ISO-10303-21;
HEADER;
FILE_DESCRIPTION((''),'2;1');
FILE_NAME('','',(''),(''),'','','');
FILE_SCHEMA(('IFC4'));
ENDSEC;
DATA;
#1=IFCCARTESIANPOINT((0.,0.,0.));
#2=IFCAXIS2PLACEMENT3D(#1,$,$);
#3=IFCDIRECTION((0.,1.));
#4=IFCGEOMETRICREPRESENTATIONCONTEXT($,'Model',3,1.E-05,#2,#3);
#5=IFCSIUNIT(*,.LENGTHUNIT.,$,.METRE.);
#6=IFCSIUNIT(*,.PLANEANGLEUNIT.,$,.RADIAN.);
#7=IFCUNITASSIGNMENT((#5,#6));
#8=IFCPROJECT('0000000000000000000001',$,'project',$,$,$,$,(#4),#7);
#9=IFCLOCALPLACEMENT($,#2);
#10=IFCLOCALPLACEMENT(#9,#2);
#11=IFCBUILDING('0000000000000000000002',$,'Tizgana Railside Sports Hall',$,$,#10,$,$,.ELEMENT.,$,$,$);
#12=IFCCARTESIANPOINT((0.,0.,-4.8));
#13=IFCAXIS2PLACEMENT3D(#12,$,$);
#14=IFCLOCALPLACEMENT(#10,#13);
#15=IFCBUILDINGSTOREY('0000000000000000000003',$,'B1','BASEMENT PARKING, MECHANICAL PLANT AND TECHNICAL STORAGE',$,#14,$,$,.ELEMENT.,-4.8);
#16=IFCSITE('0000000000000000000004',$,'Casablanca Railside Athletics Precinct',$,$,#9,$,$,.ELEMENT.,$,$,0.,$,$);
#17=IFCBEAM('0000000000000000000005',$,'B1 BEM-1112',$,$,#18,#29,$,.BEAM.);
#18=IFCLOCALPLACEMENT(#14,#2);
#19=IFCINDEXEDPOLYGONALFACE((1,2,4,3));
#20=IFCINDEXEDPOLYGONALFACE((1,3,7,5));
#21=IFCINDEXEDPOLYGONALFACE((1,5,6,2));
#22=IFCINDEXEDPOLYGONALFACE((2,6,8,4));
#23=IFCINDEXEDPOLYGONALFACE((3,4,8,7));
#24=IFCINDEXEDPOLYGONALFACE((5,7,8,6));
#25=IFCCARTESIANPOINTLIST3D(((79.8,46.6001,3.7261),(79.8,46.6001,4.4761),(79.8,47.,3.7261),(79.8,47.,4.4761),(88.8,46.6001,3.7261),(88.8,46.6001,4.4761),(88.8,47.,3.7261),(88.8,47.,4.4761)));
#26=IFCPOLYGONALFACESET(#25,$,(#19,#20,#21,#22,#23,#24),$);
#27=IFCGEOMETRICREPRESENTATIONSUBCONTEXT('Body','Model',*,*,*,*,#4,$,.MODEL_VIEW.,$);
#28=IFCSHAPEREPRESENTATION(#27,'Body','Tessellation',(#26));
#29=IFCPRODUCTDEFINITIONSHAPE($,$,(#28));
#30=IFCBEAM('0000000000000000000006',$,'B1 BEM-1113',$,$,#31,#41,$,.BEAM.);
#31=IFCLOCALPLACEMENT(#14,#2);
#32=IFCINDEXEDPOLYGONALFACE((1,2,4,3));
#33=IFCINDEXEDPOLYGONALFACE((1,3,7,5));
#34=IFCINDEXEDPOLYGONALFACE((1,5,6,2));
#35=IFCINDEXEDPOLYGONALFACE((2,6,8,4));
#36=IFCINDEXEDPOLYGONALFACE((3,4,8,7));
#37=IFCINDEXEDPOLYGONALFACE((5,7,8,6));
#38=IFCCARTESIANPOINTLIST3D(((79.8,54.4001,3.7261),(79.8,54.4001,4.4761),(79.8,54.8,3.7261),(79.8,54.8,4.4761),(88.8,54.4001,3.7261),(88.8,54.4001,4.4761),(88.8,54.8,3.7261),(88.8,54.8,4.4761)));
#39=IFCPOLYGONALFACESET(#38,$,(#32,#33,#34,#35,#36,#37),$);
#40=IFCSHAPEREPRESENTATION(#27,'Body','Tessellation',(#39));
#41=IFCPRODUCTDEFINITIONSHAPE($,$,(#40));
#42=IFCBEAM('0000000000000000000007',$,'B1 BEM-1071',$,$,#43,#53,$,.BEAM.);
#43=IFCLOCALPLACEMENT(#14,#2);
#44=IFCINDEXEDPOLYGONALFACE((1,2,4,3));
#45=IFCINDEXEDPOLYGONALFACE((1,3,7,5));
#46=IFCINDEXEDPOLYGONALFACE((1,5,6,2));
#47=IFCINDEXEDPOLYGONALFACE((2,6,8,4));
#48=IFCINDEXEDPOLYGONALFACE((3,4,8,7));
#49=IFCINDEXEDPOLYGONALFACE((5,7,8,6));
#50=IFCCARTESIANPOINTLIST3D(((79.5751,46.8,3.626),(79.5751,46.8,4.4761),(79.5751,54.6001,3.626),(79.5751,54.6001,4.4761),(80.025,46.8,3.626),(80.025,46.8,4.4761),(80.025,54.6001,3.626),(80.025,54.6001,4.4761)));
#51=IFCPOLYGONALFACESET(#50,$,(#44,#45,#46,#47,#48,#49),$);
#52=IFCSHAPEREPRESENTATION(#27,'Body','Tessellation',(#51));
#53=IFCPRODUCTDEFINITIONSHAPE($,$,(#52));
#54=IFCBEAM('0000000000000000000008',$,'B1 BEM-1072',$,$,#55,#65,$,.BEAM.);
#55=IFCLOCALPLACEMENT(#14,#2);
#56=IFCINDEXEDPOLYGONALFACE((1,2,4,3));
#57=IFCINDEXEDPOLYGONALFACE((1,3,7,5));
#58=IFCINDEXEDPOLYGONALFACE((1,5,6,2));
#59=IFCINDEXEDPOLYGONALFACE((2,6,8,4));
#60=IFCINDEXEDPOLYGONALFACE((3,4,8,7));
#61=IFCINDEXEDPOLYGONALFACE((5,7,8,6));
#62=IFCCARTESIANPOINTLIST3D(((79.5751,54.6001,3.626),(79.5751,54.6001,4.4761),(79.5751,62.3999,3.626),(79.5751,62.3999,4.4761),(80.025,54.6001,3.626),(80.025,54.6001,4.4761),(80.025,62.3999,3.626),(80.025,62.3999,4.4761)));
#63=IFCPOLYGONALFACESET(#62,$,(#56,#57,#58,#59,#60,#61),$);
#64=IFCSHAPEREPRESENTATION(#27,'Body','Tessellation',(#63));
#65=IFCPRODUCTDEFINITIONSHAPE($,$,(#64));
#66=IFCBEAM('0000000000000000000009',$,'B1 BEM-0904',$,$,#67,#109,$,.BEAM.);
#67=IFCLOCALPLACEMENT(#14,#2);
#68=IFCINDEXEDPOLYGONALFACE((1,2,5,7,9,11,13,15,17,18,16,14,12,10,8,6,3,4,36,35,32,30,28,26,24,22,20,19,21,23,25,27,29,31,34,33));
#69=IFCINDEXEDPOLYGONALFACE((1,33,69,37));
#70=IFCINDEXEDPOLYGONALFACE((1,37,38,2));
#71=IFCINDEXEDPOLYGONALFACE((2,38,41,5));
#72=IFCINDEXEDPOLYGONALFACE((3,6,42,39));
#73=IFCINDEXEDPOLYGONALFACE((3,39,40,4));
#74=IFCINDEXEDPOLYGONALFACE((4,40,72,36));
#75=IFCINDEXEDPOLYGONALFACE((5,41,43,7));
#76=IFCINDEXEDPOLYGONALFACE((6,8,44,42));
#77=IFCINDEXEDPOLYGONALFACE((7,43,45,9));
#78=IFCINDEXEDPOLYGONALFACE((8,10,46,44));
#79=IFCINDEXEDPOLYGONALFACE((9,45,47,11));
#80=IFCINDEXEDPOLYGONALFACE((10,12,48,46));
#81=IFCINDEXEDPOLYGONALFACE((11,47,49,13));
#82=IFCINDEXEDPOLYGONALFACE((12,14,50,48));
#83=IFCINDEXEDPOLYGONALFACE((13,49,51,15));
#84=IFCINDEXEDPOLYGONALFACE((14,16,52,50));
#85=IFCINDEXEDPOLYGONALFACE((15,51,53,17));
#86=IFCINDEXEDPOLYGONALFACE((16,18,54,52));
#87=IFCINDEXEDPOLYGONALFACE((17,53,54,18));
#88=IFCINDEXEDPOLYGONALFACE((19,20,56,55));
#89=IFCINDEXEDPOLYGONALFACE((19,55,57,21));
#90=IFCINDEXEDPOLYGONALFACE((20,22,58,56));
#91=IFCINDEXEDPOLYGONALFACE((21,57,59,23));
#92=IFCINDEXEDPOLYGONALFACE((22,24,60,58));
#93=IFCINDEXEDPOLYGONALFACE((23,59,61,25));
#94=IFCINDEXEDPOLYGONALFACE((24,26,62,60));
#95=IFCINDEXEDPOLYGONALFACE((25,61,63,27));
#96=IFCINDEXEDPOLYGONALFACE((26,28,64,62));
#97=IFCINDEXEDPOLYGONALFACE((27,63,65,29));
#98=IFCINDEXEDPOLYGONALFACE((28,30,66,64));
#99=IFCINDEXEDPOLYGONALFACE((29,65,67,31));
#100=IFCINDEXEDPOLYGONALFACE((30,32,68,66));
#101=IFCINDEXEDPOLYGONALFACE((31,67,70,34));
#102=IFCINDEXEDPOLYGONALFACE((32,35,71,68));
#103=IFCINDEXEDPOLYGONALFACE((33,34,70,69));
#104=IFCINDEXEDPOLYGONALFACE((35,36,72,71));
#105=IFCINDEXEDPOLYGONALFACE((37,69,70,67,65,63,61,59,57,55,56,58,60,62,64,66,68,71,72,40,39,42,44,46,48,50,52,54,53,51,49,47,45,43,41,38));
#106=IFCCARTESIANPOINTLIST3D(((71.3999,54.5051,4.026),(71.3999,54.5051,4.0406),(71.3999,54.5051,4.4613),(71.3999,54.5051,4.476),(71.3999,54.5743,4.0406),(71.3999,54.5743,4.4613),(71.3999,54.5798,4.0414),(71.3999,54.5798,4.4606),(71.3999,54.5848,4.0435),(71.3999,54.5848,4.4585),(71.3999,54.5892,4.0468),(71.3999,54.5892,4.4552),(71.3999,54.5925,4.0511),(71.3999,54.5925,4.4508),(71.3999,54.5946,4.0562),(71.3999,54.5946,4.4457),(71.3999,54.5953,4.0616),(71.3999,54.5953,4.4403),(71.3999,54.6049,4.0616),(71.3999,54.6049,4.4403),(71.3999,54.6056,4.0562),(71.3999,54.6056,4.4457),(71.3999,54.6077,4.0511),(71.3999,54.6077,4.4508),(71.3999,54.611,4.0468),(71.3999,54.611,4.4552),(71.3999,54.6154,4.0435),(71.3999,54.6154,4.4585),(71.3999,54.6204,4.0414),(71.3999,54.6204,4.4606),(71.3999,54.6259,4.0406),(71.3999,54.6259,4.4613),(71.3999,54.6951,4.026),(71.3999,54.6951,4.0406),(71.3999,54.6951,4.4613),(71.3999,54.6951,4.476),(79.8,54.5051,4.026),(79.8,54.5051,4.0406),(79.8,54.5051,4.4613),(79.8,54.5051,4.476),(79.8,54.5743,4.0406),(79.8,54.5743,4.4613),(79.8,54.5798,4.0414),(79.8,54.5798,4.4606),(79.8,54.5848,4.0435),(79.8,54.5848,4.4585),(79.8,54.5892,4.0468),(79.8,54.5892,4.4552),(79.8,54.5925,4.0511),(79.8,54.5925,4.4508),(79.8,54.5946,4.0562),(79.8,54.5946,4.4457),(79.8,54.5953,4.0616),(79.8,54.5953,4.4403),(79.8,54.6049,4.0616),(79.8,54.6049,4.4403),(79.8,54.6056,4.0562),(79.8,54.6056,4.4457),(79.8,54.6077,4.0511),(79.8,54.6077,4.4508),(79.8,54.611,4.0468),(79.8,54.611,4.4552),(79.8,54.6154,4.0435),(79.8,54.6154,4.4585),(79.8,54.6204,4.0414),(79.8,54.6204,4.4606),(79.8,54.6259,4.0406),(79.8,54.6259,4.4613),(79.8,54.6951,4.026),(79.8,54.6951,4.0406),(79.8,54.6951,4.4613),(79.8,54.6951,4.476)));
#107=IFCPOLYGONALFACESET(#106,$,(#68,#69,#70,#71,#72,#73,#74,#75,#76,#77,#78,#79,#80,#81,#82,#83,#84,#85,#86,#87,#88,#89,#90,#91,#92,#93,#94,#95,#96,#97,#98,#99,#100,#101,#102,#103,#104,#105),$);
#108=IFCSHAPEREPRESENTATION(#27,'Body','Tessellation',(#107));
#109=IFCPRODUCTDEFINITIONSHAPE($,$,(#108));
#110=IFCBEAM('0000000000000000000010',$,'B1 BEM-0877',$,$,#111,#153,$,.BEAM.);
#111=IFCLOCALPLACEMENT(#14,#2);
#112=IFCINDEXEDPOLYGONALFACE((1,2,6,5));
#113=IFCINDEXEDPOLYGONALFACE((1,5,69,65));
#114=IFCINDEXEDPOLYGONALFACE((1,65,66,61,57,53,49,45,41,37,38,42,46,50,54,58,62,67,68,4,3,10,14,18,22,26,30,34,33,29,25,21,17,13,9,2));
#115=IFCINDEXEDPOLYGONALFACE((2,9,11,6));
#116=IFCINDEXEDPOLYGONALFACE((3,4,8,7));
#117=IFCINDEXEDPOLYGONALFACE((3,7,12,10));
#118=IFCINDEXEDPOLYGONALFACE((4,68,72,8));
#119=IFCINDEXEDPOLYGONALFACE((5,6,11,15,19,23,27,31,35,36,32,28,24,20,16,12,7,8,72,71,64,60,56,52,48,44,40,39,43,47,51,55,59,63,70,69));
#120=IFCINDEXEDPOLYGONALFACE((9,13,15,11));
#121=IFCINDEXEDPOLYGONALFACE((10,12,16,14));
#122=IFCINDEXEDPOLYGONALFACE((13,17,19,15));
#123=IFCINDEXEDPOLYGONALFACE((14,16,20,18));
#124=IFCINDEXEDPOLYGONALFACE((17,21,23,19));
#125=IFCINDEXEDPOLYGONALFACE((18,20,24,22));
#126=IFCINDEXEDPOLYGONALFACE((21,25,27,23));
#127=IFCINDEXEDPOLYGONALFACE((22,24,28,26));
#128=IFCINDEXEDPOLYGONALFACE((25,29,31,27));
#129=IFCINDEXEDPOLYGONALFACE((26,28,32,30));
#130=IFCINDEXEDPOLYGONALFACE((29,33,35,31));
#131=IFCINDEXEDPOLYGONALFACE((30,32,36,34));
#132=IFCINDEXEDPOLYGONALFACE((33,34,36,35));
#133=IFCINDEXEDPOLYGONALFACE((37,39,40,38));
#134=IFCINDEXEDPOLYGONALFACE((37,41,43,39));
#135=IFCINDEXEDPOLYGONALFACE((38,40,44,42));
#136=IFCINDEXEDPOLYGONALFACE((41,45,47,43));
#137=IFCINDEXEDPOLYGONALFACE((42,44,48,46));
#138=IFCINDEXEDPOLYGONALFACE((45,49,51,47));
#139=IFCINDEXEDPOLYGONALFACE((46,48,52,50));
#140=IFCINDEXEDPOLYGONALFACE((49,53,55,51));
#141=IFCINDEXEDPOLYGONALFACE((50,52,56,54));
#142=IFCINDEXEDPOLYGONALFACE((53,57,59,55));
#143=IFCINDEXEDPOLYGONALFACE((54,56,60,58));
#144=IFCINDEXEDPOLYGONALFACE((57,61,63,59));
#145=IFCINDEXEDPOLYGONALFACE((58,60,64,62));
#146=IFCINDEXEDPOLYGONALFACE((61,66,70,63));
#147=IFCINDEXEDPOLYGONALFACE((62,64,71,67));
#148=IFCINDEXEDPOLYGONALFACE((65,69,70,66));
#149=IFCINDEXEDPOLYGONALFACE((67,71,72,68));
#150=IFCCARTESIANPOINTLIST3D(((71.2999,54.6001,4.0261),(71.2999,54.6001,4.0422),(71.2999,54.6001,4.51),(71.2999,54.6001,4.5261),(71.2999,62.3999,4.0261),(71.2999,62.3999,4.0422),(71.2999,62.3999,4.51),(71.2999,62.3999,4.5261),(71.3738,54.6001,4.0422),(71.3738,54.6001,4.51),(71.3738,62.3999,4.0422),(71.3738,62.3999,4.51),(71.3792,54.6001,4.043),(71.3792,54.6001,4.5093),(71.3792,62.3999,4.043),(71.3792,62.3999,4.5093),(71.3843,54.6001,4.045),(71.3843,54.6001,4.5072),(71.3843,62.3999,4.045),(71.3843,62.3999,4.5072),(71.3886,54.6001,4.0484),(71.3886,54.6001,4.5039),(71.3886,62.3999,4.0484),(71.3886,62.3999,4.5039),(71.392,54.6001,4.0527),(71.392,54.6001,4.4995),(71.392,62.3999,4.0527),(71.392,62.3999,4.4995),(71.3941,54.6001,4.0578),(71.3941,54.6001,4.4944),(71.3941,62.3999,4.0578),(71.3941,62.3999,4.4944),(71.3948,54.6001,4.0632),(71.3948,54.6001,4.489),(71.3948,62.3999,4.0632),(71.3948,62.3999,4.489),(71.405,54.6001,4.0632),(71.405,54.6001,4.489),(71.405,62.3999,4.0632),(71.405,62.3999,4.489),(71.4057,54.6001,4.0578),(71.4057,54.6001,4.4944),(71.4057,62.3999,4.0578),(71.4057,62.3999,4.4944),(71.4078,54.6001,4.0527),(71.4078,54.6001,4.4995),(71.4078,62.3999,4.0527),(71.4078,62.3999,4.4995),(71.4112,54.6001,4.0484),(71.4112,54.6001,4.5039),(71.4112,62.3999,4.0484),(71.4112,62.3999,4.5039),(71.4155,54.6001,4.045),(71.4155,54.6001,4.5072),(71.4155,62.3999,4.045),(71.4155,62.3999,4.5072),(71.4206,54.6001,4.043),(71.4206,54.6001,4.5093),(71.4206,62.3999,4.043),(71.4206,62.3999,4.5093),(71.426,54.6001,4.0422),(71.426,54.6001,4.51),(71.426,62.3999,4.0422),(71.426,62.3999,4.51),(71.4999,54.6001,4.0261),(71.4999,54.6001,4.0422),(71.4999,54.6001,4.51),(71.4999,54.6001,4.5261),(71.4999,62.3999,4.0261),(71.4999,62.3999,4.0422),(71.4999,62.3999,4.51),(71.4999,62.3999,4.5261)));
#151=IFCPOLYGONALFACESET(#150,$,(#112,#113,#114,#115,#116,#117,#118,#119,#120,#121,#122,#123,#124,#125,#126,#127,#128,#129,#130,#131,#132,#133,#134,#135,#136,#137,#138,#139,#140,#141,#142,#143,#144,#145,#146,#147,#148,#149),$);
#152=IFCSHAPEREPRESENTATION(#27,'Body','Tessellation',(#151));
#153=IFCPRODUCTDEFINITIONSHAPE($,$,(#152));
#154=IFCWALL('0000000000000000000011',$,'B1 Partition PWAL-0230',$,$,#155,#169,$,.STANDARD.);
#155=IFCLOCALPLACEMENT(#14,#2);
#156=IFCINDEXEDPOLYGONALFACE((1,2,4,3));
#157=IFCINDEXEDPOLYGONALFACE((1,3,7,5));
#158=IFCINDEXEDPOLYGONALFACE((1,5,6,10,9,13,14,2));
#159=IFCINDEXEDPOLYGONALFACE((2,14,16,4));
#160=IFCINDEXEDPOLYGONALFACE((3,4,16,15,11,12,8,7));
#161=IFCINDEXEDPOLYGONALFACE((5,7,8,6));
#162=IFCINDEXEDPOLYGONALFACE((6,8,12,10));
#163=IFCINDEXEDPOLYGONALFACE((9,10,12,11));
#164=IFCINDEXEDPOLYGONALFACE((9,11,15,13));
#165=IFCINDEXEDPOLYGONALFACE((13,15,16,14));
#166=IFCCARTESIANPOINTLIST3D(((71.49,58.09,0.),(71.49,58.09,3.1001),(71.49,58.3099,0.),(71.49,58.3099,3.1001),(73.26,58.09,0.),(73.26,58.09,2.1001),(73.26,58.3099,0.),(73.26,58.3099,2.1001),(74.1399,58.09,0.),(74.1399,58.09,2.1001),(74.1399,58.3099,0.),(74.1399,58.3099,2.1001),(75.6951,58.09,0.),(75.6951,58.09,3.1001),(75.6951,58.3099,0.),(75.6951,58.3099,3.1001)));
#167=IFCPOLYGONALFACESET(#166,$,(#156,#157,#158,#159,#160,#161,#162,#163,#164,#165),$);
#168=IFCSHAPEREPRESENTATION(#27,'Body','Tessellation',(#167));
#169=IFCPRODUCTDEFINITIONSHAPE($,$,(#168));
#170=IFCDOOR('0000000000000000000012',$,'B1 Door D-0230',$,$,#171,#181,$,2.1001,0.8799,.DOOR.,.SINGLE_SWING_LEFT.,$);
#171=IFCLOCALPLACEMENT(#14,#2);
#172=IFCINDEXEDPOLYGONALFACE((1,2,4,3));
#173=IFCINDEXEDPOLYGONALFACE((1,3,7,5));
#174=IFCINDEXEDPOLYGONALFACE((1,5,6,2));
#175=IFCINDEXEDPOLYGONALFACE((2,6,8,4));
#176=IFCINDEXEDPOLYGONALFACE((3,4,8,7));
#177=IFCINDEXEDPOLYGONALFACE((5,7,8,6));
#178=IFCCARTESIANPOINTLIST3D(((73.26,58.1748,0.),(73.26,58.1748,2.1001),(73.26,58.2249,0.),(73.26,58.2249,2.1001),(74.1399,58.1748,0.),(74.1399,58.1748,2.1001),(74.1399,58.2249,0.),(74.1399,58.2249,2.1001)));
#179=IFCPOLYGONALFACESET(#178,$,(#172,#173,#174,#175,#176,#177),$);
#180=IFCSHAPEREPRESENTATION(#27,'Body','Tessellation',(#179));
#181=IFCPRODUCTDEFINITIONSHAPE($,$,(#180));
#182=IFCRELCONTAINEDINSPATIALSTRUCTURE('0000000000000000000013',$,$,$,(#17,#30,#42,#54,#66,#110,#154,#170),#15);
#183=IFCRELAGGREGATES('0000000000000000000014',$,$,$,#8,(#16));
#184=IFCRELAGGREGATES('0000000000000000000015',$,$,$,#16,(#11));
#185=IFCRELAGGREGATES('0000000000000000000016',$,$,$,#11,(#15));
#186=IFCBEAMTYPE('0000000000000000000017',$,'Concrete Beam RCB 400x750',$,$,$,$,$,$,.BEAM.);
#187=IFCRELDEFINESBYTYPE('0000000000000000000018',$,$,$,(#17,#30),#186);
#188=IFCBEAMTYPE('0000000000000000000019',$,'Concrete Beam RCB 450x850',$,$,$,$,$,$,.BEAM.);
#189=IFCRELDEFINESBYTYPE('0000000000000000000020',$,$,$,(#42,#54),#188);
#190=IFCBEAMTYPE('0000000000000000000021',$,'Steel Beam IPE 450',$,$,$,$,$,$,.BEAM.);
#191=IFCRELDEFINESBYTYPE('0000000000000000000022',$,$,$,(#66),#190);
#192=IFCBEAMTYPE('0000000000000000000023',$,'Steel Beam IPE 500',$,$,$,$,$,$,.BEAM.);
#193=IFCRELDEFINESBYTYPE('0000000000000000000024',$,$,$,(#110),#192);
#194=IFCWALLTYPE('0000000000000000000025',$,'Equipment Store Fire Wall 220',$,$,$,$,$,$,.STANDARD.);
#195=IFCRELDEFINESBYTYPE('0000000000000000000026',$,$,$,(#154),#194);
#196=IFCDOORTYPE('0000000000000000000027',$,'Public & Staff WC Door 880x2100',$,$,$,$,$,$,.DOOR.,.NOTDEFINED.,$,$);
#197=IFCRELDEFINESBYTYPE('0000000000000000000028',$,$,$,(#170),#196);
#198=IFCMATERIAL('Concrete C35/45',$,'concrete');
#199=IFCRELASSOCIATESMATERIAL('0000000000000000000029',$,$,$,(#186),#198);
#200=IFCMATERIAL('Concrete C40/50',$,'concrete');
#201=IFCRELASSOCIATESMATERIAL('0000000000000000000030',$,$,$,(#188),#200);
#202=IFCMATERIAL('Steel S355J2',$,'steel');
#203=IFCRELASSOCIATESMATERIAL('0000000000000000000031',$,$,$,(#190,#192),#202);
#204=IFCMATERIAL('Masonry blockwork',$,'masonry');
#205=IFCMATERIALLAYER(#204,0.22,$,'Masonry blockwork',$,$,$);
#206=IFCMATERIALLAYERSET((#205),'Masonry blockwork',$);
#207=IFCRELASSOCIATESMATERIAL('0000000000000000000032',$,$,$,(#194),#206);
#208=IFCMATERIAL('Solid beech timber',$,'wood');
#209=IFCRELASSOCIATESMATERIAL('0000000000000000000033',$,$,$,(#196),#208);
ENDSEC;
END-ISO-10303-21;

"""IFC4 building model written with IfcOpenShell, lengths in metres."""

from ifc_helpers import new_model, si_unit, direction, frame, frame_2d, origin, origin_2d, place, context, subcontext, project, spatial, rectangle, i_section, extrude, material, layer, layer_set, material_profile, profile_set, type_object, element, fill, save


model = new_model("IFC4")

# Units and contexts
model_context = context("Model", 3, precision=1e-05, world=origin(), true_north=direction((0.0, 1.0)))
body_context = subcontext(model_context, "Body", "Model", "MODEL_VIEW")
ifc_project = project(units=[si_unit("LENGTHUNIT", "METRE"), si_unit("PLANEANGLEUNIT", "RADIAN")], contexts=[model_context])

# Site, building, storey
site_placement = place(None, origin())
site = spatial("IfcSite", under=ifc_project, at=site_placement, Name="Casablanca Railside Athletics Precinct", CompositionType="ELEMENT", RefElevation=0.0)
building_placement = place(site_placement, origin())
building = spatial("IfcBuilding", under=site, at=building_placement, Name="Tizgana Railside Sports Hall", CompositionType="ELEMENT")
storey_placement = place(building_placement, frame((0.0, 0.0, -4.8)))
storey = spatial("IfcBuildingStorey", under=building, at=storey_placement, Name="B1", Description="BASEMENT PARKING, MECHANICAL PLANT AND TECHNICAL STORAGE", CompositionType="ELEMENT", Elevation=-4.8)

# Shared definitions
ifc_material_1 = material(Name="Concrete C35/45", Category="concrete")

# Shared definitions
ifc_material_2 = material(Name="Concrete C40/50", Category="concrete")

# Beams
ifc_material_profile_1 = material_profile(ifc_material_1, rectangle(XDim=0.3999, YDim=0.75, at=origin_2d()), Name="RCB 400x750")
ifc_profile_set_1 = profile_set([ifc_material_profile_1], Name="Concrete C35/45")
beam_type_1 = type_object("IfcBeamType", Name="Concrete Beam RCB 400x750", PredefinedType="BEAM", material=ifc_profile_set_1)
for number, where, z_axis, x_axis, name in (
    (1, (79.8, 46.8, 4.1011), (1.0, 0.0, 0.0), (0.0, 1.0, 0.0), "B1 BEM-1112"),
    (2, (79.8, 54.6001, 4.1011), (1.0, 0.0, 0.0), (0.0, 1.0, 0.0), "B1 BEM-1113"),
):
    element("IfcBeam", number, at=place(storey_placement, frame(where, z_axis=z_axis, x_axis=x_axis)), inside=storey, type_object=beam_type_1, Name=name, PredefinedType="BEAM", context=body_context, shape_type="SweptSolid", body=[
        extrude(rectangle(XDim=0.3999, YDim=0.75, at=origin_2d()), origin(), (0.0, 0.0, 1.0), 9.0),
    ])
ifc_material_profile_2 = material_profile(ifc_material_2, rectangle(XDim=0.45, YDim=0.8501, at=origin_2d()), Name="RCB 450x850")
ifc_profile_set_2 = profile_set([ifc_material_profile_2], Name="Concrete C40/50")
beam_type_2 = type_object("IfcBeamType", Name="Concrete Beam RCB 450x850", PredefinedType="BEAM", material=ifc_profile_set_2)
beam_1_placement = place(storey_placement, frame((79.8, 46.8, 4.051), z_axis=(0.0, 1.0, 0.0), x_axis=(-1.0, 0.0, 0.0)))
element("IfcBeam", 3, at=beam_1_placement, inside=storey, type_object=beam_type_2, Name="B1 BEM-1071", PredefinedType="BEAM", context=body_context, shape_type="SweptSolid", body=[
    extrude(rectangle(XDim=0.45, YDim=0.8501, at=origin_2d()), origin(), (0.0, 0.0, 1.0), 7.8),
])
beam_2_placement = place(storey_placement, frame((79.8, 54.6001, 4.051), z_axis=(0.0, 1.0, 0.0), x_axis=(-1.0, 0.0, 0.0)))
element("IfcBeam", 4, at=beam_2_placement, inside=storey, type_object=beam_type_2, Name="B1 BEM-1072", PredefinedType="BEAM", context=body_context, shape_type="SweptSolid", body=[
    extrude(rectangle(XDim=0.45, YDim=0.8501, at=origin_2d()), origin(), (0.0, 0.0, 1.0), 7.7998),
])
ifc_material_3 = material(Name="Steel S355J2", Category="steel")
ifc_material_profile_3 = material_profile(ifc_material_3, i_section(OverallWidth=0.1899, OverallDepth=0.45, WebThickness=0.0095, FlangeThickness=0.0146, FilletRadius=0.021, at=origin_2d()), Name="IPE 450")
ifc_profile_set_3 = profile_set([ifc_material_profile_3], Name="Steel S355J2")
beam_type_3 = type_object("IfcBeamType", Name="Steel Beam IPE 450", PredefinedType="BEAM", material=ifc_profile_set_3)
beam_3_placement = place(storey_placement, frame((71.3999, 54.6001, 4.251), z_axis=(1.0, 0.0, 0.0), x_axis=(0.0, 1.0, 0.0)))
element("IfcBeam", 5, at=beam_3_placement, inside=storey, type_object=beam_type_3, Name="B1 BEM-0904", PredefinedType="BEAM", context=body_context, shape_type="SweptSolid", body=[
    extrude(i_section(OverallWidth=0.1899, OverallDepth=0.45, WebThickness=0.0095, FlangeThickness=0.0146, FilletRadius=0.021, at=origin_2d()), origin(), (0.0, 0.0, 1.0), 8.4001),
])
ifc_material_profile_4 = material_profile(ifc_material_3, i_section(OverallWidth=0.2, OverallDepth=0.5, WebThickness=0.0103, FlangeThickness=0.0161, FilletRadius=0.021, at=origin_2d()), Name="IPE 500")
ifc_profile_set_4 = profile_set([ifc_material_profile_4], Name="Steel S355J2")
beam_type_4 = type_object("IfcBeamType", Name="Steel Beam IPE 500", PredefinedType="BEAM", material=ifc_profile_set_4)
beam_4_placement = place(storey_placement, frame((71.3999, 54.6001, 4.2761), z_axis=(0.0, 1.0, 0.0), x_axis=(-1.0, 0.0, 0.0)))
element("IfcBeam", 6, at=beam_4_placement, inside=storey, type_object=beam_type_4, Name="B1 BEM-0877", PredefinedType="BEAM", context=body_context, shape_type="SweptSolid", body=[
    extrude(i_section(OverallWidth=0.2, OverallDepth=0.5, WebThickness=0.0103, FlangeThickness=0.0161, FilletRadius=0.021, at=origin_2d()), origin(), (0.0, 0.0, 1.0), 7.7998),
])

# Wall, opening, door
ifc_material_4 = material(Name="Masonry blockwork", Category="masonry")
ifc_layer = layer(ifc_material_4, 0.22, Name="Masonry blockwork")
ifc_layer_set = layer_set([ifc_layer], Name="Masonry blockwork")
wall_type = type_object("IfcWallType", Name="Equipment Store Fire Wall 220", PredefinedType="STANDARD", material=ifc_layer_set)
wall_1_placement = place(storey_placement, frame((71.49, 58.2, 0.0), z_axis=(0.0, 0.0, 1.0), x_axis=(1.0, 0.0, 0.0)))
wall_1 = element("IfcWall", 7, at=wall_1_placement, inside=storey, type_object=wall_type, Name="B1 Partition PWAL-0230", PredefinedType="STANDARD", context=body_context, shape_type="SweptSolid", body=[
    extrude(rectangle(XDim=4.2051, YDim=0.22, at=frame_2d((2.1025, 0.0))), origin(), (0.0, 0.0, 1.0), 3.1001),
])
opening_1_placement = place(wall_1_placement, frame((1.77, 0.0, 0.0)))
opening_1 = element("IfcOpeningElement", 8, at=opening_1_placement, cuts=wall_1, PredefinedType="OPENING", context=body_context, shape_type="SweptSolid", body=[
    extrude(rectangle(XDim=0.8799, YDim=2.1001, at=frame_2d((0.4399, 1.05))), frame((0.0, 0.1199, 0.0), z_axis=(0.0, -1.0, 0.0), x_axis=(1.0, 0.0, 0.0)), (0.0, 0.0, 1.0), 0.24),
])
ifc_material_5 = material(Name="Solid beech timber", Category="wood")
door_type_1 = type_object("IfcDoorType", Name="Public & Staff WC Door 880x2100", OperationType="NOTDEFINED", PredefinedType="DOOR", material=ifc_material_5)
door_1_placement = place(opening_1_placement, origin())
door_1 = element("IfcDoor", 9, at=door_1_placement, inside=storey, type_object=door_type_1, Name="B1 Door D-0230", OperationType="SINGLE_SWING_LEFT", OverallHeight=2.1001, OverallWidth=0.8799, PredefinedType="DOOR", context=body_context, shape_type="SweptSolid", body=[
    extrude(rectangle(XDim=0.8799, YDim=2.1001, at=frame_2d((0.4399, 1.05))), frame((0.0, 0.0249, 0.0), z_axis=(0.0, -1.0, 0.0), x_axis=(1.0, 0.0, 0.0)), (0.0, 0.0, 1.0), 0.05),
])
fill(opening_1, door_1)

save(model, "model.ifc")
